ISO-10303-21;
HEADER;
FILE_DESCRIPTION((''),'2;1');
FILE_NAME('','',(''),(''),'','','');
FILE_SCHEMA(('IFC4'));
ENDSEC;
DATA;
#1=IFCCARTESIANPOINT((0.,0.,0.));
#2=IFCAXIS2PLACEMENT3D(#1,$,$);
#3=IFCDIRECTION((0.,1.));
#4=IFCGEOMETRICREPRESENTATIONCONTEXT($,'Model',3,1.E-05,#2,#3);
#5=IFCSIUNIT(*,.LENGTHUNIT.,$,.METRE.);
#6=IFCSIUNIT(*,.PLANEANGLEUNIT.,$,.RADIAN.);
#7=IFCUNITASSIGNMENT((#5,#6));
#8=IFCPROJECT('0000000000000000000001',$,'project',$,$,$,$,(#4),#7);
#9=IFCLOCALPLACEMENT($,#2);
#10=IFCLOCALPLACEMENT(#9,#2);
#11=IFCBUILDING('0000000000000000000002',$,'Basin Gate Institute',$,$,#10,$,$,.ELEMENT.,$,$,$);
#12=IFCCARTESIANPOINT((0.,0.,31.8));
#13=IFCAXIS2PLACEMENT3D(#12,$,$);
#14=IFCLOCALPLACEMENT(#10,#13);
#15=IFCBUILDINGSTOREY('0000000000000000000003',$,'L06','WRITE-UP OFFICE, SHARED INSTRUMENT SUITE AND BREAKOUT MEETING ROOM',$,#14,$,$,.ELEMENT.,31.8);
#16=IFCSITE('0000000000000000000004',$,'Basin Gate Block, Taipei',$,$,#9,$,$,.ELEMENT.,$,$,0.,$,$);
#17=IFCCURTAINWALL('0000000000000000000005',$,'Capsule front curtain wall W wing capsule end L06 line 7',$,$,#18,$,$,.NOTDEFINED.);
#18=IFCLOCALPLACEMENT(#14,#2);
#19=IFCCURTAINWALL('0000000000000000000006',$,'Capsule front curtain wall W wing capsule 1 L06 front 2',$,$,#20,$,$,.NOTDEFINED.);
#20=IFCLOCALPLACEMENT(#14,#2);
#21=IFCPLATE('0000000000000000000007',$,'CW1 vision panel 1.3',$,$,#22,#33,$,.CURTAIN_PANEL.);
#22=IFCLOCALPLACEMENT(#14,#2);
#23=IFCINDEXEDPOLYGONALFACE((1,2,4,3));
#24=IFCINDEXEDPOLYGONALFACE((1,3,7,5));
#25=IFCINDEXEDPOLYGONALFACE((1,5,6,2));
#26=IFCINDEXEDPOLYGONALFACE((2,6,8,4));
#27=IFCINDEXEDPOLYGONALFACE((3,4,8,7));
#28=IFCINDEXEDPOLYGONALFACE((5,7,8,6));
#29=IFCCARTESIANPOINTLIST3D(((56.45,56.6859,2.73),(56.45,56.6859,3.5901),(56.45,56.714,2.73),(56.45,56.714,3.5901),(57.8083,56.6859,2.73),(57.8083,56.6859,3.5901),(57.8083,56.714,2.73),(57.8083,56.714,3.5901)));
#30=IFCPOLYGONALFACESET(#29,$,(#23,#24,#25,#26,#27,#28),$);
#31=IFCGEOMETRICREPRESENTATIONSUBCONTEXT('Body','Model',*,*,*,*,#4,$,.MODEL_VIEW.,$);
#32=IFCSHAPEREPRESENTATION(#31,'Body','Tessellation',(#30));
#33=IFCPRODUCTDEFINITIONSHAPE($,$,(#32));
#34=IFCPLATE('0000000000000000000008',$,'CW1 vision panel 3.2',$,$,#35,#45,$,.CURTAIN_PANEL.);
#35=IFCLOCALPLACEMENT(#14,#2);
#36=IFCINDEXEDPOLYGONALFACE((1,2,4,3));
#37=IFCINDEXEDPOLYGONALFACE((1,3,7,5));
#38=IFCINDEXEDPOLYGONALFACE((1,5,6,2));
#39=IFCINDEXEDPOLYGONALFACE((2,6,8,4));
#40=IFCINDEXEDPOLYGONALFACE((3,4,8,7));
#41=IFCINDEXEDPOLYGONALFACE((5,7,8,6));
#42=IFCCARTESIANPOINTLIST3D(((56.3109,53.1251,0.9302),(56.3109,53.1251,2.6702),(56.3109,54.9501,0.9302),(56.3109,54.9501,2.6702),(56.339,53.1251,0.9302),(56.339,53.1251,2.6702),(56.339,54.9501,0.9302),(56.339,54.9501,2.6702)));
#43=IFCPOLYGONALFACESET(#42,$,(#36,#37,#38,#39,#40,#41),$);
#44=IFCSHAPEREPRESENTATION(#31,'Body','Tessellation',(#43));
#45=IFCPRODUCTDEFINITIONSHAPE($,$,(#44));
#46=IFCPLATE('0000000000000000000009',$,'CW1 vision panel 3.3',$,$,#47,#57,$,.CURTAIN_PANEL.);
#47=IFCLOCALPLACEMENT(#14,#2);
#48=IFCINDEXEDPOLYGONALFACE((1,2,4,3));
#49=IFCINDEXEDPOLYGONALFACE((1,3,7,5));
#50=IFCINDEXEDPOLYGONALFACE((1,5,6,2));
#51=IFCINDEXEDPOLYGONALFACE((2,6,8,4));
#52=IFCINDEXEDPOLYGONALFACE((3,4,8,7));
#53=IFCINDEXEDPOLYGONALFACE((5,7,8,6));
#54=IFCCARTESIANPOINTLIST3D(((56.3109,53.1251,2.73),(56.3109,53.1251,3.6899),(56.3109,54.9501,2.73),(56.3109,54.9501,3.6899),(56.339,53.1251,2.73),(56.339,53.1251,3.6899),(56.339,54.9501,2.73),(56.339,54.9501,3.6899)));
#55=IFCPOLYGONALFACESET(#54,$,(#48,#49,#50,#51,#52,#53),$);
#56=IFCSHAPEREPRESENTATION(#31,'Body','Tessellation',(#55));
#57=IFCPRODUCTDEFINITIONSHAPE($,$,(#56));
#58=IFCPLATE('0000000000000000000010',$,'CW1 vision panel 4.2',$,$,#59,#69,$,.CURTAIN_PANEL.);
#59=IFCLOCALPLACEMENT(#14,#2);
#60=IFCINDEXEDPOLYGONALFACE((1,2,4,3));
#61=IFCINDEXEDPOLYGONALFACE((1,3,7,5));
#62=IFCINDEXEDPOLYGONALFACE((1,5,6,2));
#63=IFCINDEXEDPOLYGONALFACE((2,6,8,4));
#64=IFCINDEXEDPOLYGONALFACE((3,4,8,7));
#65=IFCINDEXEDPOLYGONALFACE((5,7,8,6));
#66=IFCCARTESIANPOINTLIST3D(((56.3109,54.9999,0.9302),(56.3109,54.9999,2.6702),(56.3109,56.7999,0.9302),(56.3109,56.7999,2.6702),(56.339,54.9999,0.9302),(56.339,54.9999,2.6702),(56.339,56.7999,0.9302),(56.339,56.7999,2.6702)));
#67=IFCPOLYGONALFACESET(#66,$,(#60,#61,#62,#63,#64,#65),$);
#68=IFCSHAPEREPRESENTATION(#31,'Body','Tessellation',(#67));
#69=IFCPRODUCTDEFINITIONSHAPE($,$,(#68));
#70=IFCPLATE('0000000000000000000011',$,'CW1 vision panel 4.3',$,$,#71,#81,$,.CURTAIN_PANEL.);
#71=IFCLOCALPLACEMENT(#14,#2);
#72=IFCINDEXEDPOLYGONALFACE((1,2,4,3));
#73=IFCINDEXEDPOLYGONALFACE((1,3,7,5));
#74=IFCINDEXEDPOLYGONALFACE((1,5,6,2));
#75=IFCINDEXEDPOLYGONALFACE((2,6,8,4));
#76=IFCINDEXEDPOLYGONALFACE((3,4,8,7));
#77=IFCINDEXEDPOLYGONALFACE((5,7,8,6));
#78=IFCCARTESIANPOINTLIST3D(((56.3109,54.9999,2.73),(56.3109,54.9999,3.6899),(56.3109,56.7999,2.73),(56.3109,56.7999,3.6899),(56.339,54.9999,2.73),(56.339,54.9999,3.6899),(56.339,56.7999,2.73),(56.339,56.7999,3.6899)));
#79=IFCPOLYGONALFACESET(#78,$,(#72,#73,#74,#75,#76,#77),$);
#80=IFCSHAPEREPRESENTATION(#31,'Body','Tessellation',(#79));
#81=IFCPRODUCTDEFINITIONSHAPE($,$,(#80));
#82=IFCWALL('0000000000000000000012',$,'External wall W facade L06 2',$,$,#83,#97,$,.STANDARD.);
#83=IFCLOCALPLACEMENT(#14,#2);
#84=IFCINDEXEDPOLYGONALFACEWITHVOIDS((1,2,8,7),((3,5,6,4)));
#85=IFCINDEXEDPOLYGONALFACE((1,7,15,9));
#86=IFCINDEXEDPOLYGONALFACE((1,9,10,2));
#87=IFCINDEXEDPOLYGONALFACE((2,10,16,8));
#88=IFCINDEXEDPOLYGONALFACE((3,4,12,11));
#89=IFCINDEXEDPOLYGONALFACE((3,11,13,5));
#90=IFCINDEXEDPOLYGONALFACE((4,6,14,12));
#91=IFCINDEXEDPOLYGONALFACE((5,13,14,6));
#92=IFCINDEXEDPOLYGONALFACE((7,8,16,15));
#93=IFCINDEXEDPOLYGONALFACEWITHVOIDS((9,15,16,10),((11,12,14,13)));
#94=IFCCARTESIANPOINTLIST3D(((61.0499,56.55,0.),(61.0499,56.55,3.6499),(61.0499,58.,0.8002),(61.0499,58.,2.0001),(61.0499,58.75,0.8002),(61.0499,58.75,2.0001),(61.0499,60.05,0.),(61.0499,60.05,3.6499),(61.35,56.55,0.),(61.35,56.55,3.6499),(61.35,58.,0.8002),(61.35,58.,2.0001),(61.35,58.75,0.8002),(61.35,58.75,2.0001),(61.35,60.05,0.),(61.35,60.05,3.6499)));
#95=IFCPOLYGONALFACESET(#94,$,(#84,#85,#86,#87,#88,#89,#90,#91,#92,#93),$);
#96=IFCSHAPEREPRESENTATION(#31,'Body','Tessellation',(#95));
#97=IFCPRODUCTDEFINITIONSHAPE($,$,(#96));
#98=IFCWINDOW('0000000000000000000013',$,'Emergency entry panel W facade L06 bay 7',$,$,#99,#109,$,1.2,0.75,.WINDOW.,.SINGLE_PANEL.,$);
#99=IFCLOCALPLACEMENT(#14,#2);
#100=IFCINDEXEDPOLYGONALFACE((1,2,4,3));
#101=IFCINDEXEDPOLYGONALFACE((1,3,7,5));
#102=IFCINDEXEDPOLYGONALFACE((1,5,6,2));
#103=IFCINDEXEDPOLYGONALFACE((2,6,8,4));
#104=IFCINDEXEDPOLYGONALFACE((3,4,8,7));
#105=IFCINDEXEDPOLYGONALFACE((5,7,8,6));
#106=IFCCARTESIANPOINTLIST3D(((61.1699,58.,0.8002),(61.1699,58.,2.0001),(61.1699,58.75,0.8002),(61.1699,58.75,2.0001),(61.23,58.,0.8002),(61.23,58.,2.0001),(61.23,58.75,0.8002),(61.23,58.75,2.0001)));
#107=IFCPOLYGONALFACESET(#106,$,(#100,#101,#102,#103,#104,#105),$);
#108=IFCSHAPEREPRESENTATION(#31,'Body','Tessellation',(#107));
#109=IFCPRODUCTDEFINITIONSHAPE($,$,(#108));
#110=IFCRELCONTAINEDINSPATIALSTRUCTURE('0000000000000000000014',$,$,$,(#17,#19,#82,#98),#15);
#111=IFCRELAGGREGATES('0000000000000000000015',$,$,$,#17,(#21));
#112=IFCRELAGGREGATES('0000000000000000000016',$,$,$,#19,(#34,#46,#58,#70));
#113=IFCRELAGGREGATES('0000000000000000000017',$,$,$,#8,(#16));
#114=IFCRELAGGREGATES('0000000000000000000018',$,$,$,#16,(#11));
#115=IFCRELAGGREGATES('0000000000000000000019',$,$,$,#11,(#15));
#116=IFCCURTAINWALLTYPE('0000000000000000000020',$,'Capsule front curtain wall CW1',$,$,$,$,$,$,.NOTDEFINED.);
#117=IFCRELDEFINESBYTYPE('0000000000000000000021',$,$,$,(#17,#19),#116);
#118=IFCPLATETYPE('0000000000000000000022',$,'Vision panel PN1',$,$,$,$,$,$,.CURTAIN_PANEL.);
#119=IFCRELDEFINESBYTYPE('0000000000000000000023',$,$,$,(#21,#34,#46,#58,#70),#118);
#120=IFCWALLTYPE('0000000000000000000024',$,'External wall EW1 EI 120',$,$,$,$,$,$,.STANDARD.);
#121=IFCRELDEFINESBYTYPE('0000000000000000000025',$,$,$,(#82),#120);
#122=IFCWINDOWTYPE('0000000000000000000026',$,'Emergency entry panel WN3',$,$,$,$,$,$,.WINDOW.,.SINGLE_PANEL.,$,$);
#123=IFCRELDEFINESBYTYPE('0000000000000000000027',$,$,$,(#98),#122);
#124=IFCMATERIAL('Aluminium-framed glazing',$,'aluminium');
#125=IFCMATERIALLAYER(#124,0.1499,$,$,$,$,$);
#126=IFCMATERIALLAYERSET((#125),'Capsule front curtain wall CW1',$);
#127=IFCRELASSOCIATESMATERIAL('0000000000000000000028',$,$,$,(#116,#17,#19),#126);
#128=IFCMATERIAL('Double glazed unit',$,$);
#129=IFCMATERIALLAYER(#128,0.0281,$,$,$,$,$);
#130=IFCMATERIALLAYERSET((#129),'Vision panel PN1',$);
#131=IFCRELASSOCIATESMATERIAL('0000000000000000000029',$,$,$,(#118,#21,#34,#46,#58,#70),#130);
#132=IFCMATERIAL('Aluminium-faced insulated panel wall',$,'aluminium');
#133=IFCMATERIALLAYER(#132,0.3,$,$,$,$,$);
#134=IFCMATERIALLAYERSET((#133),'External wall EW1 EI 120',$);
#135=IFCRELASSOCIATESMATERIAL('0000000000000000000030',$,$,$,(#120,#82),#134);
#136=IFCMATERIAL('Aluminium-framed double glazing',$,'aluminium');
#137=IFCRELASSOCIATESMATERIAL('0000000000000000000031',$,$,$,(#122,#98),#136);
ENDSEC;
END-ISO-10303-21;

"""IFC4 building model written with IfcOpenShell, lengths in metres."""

from ifc_helpers import new_model, si_unit, direction, frame, frame_2d, origin, origin_2d, place, context, subcontext, project, spatial, rectangle, extrude, material, layer, layer_set, type_object, element, fill, aggregate, save


model = new_model("IFC4")

# Units and contexts
model_context = context("Model", 3, precision=1e-05, world=origin(), true_north=direction((0.0, 1.0)))
body_context = subcontext(model_context, "Body", "Model", "MODEL_VIEW")
ifc_project = project(units=[si_unit("LENGTHUNIT", "METRE"), si_unit("PLANEANGLEUNIT", "RADIAN")], contexts=[model_context])

# Site, building, storey
site_placement = place(None, origin())
site = spatial("IfcSite", under=ifc_project, at=site_placement, Name="Basin Gate Block, Taipei", CompositionType="ELEMENT", RefElevation=0.0)
building_placement = place(site_placement, origin())
building = spatial("IfcBuilding", under=site, at=building_placement, Name="Basin Gate Institute", CompositionType="ELEMENT")
storey_placement = place(building_placement, frame((0.0, 0.0, 31.8)))
storey = spatial("IfcBuildingStorey", under=building, at=storey_placement, Name="L06", Description="WRITE-UP OFFICE, SHARED INSTRUMENT SUITE AND BREAKOUT MEETING ROOM", CompositionType="ELEMENT", Elevation=31.8)

# Curtain walls
ifc_material_1 = material(Name="Aluminium-framed glazing", Category="aluminium")
ifc_layer_1 = layer(ifc_material_1, 0.1499)
ifc_layer_set_1 = layer_set([ifc_layer_1], Name="Capsule front curtain wall CW1")
curtain_wall_type = type_object("IfcCurtainWallType", Name="Capsule front curtain wall CW1", PredefinedType="NOTDEFINED", material=ifc_layer_set_1)
curtain_wall_1_placement = place(storey_placement, origin())
curtain_wall_1 = element("IfcCurtainWall", 1, at=curtain_wall_1_placement, inside=storey, type_object=curtain_wall_type, material=ifc_layer_set_1, Name="Capsule front curtain wall W wing capsule end L06 line 7", PredefinedType="NOTDEFINED")
curtain_wall_2_placement = place(storey_placement, origin())
curtain_wall_2 = element("IfcCurtainWall", 2, at=curtain_wall_2_placement, inside=storey, type_object=curtain_wall_type, material=ifc_layer_set_1, Name="Capsule front curtain wall W wing capsule 1 L06 front 2", PredefinedType="NOTDEFINED")

# Plates
ifc_material_2 = material(Name="Double glazed unit")
ifc_layer_2 = layer(ifc_material_2, 0.0281)
ifc_layer_set_2 = layer_set([ifc_layer_2], Name="Vision panel PN1")
plate_type_1 = type_object("IfcPlateType", Name="Vision panel PN1", PredefinedType="CURTAIN_PANEL", material=ifc_layer_set_2)
plate_1_placement = place(storey_placement, frame((57.1292, 56.7, 2.73), z_axis=(0.0, 0.0, 1.0), x_axis=(1.0, 0.0, 0.0)))
plate_1 = element("IfcPlate", 3, at=plate_1_placement, type_object=plate_type_1, material=ifc_layer_set_2, Name="CW1 vision panel 1.3", PredefinedType="CURTAIN_PANEL", context=body_context, shape_type="SweptSolid", body=[
    extrude(rectangle(XDim=1.3584, YDim=0.0281, at=origin_2d()), origin(), (0.0, 0.0, 1.0), 0.8601),
])
aggregate(curtain_wall_1, [plate_1])
plate_2_placement = place(storey_placement, frame((56.325, 54.0376, 0.9302), z_axis=(0.0, 0.0, 1.0), x_axis=(0.0, 1.0, 0.0)))
plate_2 = element("IfcPlate", 4, at=plate_2_placement, type_object=plate_type_1, material=ifc_layer_set_2, Name="CW1 vision panel 3.2", PredefinedType="CURTAIN_PANEL", context=body_context, shape_type="SweptSolid", body=[
    extrude(rectangle(XDim=1.825, YDim=0.0281, at=origin_2d()), origin(), (0.0, 0.0, 1.0), 1.74),
])
plate_3_placement = place(storey_placement, frame((56.325, 54.0376, 2.73), z_axis=(0.0, 0.0, 1.0), x_axis=(0.0, 1.0, 0.0)))
plate_3 = element("IfcPlate", 5, at=plate_3_placement, type_object=plate_type_1, material=ifc_layer_set_2, Name="CW1 vision panel 3.3", PredefinedType="CURTAIN_PANEL", context=body_context, shape_type="SweptSolid", body=[
    extrude(rectangle(XDim=1.825, YDim=0.0281, at=origin_2d()), origin(), (0.0, 0.0, 1.0), 0.96),
])
plate_4_placement = place(storey_placement, frame((56.325, 55.8999, 0.9302), z_axis=(0.0, 0.0, 1.0), x_axis=(0.0, 1.0, 0.0)))
plate_4 = element("IfcPlate", 6, at=plate_4_placement, type_object=plate_type_1, material=ifc_layer_set_2, Name="CW1 vision panel 4.2", PredefinedType="CURTAIN_PANEL", context=body_context, shape_type="SweptSolid", body=[
    extrude(rectangle(XDim=1.8, YDim=0.0281, at=origin_2d()), origin(), (0.0, 0.0, 1.0), 1.74),
])
plate_5_placement = place(storey_placement, frame((56.325, 55.8999, 2.73), z_axis=(0.0, 0.0, 1.0), x_axis=(0.0, 1.0, 0.0)))
plate_5 = element("IfcPlate", 7, at=plate_5_placement, type_object=plate_type_1, material=ifc_layer_set_2, Name="CW1 vision panel 4.3", PredefinedType="CURTAIN_PANEL", context=body_context, shape_type="SweptSolid", body=[
    extrude(rectangle(XDim=1.8, YDim=0.0281, at=origin_2d()), origin(), (0.0, 0.0, 1.0), 0.96),
])
aggregate(curtain_wall_2, [plate_2, plate_3, plate_4, plate_5])

# Wall, opening, window
ifc_material_3 = material(Name="Aluminium-faced insulated panel wall", Category="aluminium")
ifc_layer_3 = layer(ifc_material_3, 0.3)
ifc_layer_set_3 = layer_set([ifc_layer_3], Name="External wall EW1 EI 120")
wall_type = type_object("IfcWallType", Name="External wall EW1 EI 120", PredefinedType="STANDARD", material=ifc_layer_set_3)
wall_placement = place(storey_placement, frame((61.2, 56.55, 0.0), z_axis=(0.0, 0.0, 1.0), x_axis=(0.0, 1.0, 0.0)))
wall = element("IfcWall", 8, at=wall_placement, inside=storey, type_object=wall_type, material=ifc_layer_set_3, Name="External wall W facade L06 2", PredefinedType="STANDARD", context=body_context, shape_type="SweptSolid", body=[
    extrude(rectangle(XDim=3.5, YDim=0.3, at=frame_2d((1.75, 0.0))), origin(), (0.0, 0.0, 1.0), 3.6499),
])
opening_placement = place(wall_placement, frame((1.45, 0.0, 0.8)))
opening = element("IfcOpeningElement", 9, at=opening_placement, cuts=wall, PredefinedType="OPENING", context=body_context, shape_type="SweptSolid", body=[
    extrude(rectangle(XDim=0.75, YDim=1.2, at=frame_2d((0.375, 0.6001))), frame((0.0, 0.1602, 0.0), z_axis=(0.0, -1.0, 0.0), x_axis=(1.0, 0.0, 0.0)), (0.0, 0.0, 1.0), 0.3201),
])
ifc_material_4 = material(Name="Aluminium-framed double glazing", Category="aluminium")
window_type = type_object("IfcWindowType", Name="Emergency entry panel WN3", PartitioningType="SINGLE_PANEL", PredefinedType="WINDOW", material=ifc_material_4)
window_placement = place(opening_placement, origin())
window = element("IfcWindow", 10, at=window_placement, inside=storey, type_object=window_type, material=ifc_material_4, Name="Emergency entry panel W facade L06 bay 7", OverallHeight=1.2, OverallWidth=0.75, PartitioningType="SINGLE_PANEL", PredefinedType="WINDOW", context=body_context, shape_type="SweptSolid", body=[
    extrude(rectangle(XDim=0.75, YDim=1.2, at=frame_2d((0.375, 0.6001))), frame((0.0, 0.03, 0.0), z_axis=(0.0, -1.0, 0.0), x_axis=(1.0, 0.0, 0.0)), (0.0, 0.0, 1.0), 0.0601),
])
fill(opening, window)

save(model, "model.ifc")
